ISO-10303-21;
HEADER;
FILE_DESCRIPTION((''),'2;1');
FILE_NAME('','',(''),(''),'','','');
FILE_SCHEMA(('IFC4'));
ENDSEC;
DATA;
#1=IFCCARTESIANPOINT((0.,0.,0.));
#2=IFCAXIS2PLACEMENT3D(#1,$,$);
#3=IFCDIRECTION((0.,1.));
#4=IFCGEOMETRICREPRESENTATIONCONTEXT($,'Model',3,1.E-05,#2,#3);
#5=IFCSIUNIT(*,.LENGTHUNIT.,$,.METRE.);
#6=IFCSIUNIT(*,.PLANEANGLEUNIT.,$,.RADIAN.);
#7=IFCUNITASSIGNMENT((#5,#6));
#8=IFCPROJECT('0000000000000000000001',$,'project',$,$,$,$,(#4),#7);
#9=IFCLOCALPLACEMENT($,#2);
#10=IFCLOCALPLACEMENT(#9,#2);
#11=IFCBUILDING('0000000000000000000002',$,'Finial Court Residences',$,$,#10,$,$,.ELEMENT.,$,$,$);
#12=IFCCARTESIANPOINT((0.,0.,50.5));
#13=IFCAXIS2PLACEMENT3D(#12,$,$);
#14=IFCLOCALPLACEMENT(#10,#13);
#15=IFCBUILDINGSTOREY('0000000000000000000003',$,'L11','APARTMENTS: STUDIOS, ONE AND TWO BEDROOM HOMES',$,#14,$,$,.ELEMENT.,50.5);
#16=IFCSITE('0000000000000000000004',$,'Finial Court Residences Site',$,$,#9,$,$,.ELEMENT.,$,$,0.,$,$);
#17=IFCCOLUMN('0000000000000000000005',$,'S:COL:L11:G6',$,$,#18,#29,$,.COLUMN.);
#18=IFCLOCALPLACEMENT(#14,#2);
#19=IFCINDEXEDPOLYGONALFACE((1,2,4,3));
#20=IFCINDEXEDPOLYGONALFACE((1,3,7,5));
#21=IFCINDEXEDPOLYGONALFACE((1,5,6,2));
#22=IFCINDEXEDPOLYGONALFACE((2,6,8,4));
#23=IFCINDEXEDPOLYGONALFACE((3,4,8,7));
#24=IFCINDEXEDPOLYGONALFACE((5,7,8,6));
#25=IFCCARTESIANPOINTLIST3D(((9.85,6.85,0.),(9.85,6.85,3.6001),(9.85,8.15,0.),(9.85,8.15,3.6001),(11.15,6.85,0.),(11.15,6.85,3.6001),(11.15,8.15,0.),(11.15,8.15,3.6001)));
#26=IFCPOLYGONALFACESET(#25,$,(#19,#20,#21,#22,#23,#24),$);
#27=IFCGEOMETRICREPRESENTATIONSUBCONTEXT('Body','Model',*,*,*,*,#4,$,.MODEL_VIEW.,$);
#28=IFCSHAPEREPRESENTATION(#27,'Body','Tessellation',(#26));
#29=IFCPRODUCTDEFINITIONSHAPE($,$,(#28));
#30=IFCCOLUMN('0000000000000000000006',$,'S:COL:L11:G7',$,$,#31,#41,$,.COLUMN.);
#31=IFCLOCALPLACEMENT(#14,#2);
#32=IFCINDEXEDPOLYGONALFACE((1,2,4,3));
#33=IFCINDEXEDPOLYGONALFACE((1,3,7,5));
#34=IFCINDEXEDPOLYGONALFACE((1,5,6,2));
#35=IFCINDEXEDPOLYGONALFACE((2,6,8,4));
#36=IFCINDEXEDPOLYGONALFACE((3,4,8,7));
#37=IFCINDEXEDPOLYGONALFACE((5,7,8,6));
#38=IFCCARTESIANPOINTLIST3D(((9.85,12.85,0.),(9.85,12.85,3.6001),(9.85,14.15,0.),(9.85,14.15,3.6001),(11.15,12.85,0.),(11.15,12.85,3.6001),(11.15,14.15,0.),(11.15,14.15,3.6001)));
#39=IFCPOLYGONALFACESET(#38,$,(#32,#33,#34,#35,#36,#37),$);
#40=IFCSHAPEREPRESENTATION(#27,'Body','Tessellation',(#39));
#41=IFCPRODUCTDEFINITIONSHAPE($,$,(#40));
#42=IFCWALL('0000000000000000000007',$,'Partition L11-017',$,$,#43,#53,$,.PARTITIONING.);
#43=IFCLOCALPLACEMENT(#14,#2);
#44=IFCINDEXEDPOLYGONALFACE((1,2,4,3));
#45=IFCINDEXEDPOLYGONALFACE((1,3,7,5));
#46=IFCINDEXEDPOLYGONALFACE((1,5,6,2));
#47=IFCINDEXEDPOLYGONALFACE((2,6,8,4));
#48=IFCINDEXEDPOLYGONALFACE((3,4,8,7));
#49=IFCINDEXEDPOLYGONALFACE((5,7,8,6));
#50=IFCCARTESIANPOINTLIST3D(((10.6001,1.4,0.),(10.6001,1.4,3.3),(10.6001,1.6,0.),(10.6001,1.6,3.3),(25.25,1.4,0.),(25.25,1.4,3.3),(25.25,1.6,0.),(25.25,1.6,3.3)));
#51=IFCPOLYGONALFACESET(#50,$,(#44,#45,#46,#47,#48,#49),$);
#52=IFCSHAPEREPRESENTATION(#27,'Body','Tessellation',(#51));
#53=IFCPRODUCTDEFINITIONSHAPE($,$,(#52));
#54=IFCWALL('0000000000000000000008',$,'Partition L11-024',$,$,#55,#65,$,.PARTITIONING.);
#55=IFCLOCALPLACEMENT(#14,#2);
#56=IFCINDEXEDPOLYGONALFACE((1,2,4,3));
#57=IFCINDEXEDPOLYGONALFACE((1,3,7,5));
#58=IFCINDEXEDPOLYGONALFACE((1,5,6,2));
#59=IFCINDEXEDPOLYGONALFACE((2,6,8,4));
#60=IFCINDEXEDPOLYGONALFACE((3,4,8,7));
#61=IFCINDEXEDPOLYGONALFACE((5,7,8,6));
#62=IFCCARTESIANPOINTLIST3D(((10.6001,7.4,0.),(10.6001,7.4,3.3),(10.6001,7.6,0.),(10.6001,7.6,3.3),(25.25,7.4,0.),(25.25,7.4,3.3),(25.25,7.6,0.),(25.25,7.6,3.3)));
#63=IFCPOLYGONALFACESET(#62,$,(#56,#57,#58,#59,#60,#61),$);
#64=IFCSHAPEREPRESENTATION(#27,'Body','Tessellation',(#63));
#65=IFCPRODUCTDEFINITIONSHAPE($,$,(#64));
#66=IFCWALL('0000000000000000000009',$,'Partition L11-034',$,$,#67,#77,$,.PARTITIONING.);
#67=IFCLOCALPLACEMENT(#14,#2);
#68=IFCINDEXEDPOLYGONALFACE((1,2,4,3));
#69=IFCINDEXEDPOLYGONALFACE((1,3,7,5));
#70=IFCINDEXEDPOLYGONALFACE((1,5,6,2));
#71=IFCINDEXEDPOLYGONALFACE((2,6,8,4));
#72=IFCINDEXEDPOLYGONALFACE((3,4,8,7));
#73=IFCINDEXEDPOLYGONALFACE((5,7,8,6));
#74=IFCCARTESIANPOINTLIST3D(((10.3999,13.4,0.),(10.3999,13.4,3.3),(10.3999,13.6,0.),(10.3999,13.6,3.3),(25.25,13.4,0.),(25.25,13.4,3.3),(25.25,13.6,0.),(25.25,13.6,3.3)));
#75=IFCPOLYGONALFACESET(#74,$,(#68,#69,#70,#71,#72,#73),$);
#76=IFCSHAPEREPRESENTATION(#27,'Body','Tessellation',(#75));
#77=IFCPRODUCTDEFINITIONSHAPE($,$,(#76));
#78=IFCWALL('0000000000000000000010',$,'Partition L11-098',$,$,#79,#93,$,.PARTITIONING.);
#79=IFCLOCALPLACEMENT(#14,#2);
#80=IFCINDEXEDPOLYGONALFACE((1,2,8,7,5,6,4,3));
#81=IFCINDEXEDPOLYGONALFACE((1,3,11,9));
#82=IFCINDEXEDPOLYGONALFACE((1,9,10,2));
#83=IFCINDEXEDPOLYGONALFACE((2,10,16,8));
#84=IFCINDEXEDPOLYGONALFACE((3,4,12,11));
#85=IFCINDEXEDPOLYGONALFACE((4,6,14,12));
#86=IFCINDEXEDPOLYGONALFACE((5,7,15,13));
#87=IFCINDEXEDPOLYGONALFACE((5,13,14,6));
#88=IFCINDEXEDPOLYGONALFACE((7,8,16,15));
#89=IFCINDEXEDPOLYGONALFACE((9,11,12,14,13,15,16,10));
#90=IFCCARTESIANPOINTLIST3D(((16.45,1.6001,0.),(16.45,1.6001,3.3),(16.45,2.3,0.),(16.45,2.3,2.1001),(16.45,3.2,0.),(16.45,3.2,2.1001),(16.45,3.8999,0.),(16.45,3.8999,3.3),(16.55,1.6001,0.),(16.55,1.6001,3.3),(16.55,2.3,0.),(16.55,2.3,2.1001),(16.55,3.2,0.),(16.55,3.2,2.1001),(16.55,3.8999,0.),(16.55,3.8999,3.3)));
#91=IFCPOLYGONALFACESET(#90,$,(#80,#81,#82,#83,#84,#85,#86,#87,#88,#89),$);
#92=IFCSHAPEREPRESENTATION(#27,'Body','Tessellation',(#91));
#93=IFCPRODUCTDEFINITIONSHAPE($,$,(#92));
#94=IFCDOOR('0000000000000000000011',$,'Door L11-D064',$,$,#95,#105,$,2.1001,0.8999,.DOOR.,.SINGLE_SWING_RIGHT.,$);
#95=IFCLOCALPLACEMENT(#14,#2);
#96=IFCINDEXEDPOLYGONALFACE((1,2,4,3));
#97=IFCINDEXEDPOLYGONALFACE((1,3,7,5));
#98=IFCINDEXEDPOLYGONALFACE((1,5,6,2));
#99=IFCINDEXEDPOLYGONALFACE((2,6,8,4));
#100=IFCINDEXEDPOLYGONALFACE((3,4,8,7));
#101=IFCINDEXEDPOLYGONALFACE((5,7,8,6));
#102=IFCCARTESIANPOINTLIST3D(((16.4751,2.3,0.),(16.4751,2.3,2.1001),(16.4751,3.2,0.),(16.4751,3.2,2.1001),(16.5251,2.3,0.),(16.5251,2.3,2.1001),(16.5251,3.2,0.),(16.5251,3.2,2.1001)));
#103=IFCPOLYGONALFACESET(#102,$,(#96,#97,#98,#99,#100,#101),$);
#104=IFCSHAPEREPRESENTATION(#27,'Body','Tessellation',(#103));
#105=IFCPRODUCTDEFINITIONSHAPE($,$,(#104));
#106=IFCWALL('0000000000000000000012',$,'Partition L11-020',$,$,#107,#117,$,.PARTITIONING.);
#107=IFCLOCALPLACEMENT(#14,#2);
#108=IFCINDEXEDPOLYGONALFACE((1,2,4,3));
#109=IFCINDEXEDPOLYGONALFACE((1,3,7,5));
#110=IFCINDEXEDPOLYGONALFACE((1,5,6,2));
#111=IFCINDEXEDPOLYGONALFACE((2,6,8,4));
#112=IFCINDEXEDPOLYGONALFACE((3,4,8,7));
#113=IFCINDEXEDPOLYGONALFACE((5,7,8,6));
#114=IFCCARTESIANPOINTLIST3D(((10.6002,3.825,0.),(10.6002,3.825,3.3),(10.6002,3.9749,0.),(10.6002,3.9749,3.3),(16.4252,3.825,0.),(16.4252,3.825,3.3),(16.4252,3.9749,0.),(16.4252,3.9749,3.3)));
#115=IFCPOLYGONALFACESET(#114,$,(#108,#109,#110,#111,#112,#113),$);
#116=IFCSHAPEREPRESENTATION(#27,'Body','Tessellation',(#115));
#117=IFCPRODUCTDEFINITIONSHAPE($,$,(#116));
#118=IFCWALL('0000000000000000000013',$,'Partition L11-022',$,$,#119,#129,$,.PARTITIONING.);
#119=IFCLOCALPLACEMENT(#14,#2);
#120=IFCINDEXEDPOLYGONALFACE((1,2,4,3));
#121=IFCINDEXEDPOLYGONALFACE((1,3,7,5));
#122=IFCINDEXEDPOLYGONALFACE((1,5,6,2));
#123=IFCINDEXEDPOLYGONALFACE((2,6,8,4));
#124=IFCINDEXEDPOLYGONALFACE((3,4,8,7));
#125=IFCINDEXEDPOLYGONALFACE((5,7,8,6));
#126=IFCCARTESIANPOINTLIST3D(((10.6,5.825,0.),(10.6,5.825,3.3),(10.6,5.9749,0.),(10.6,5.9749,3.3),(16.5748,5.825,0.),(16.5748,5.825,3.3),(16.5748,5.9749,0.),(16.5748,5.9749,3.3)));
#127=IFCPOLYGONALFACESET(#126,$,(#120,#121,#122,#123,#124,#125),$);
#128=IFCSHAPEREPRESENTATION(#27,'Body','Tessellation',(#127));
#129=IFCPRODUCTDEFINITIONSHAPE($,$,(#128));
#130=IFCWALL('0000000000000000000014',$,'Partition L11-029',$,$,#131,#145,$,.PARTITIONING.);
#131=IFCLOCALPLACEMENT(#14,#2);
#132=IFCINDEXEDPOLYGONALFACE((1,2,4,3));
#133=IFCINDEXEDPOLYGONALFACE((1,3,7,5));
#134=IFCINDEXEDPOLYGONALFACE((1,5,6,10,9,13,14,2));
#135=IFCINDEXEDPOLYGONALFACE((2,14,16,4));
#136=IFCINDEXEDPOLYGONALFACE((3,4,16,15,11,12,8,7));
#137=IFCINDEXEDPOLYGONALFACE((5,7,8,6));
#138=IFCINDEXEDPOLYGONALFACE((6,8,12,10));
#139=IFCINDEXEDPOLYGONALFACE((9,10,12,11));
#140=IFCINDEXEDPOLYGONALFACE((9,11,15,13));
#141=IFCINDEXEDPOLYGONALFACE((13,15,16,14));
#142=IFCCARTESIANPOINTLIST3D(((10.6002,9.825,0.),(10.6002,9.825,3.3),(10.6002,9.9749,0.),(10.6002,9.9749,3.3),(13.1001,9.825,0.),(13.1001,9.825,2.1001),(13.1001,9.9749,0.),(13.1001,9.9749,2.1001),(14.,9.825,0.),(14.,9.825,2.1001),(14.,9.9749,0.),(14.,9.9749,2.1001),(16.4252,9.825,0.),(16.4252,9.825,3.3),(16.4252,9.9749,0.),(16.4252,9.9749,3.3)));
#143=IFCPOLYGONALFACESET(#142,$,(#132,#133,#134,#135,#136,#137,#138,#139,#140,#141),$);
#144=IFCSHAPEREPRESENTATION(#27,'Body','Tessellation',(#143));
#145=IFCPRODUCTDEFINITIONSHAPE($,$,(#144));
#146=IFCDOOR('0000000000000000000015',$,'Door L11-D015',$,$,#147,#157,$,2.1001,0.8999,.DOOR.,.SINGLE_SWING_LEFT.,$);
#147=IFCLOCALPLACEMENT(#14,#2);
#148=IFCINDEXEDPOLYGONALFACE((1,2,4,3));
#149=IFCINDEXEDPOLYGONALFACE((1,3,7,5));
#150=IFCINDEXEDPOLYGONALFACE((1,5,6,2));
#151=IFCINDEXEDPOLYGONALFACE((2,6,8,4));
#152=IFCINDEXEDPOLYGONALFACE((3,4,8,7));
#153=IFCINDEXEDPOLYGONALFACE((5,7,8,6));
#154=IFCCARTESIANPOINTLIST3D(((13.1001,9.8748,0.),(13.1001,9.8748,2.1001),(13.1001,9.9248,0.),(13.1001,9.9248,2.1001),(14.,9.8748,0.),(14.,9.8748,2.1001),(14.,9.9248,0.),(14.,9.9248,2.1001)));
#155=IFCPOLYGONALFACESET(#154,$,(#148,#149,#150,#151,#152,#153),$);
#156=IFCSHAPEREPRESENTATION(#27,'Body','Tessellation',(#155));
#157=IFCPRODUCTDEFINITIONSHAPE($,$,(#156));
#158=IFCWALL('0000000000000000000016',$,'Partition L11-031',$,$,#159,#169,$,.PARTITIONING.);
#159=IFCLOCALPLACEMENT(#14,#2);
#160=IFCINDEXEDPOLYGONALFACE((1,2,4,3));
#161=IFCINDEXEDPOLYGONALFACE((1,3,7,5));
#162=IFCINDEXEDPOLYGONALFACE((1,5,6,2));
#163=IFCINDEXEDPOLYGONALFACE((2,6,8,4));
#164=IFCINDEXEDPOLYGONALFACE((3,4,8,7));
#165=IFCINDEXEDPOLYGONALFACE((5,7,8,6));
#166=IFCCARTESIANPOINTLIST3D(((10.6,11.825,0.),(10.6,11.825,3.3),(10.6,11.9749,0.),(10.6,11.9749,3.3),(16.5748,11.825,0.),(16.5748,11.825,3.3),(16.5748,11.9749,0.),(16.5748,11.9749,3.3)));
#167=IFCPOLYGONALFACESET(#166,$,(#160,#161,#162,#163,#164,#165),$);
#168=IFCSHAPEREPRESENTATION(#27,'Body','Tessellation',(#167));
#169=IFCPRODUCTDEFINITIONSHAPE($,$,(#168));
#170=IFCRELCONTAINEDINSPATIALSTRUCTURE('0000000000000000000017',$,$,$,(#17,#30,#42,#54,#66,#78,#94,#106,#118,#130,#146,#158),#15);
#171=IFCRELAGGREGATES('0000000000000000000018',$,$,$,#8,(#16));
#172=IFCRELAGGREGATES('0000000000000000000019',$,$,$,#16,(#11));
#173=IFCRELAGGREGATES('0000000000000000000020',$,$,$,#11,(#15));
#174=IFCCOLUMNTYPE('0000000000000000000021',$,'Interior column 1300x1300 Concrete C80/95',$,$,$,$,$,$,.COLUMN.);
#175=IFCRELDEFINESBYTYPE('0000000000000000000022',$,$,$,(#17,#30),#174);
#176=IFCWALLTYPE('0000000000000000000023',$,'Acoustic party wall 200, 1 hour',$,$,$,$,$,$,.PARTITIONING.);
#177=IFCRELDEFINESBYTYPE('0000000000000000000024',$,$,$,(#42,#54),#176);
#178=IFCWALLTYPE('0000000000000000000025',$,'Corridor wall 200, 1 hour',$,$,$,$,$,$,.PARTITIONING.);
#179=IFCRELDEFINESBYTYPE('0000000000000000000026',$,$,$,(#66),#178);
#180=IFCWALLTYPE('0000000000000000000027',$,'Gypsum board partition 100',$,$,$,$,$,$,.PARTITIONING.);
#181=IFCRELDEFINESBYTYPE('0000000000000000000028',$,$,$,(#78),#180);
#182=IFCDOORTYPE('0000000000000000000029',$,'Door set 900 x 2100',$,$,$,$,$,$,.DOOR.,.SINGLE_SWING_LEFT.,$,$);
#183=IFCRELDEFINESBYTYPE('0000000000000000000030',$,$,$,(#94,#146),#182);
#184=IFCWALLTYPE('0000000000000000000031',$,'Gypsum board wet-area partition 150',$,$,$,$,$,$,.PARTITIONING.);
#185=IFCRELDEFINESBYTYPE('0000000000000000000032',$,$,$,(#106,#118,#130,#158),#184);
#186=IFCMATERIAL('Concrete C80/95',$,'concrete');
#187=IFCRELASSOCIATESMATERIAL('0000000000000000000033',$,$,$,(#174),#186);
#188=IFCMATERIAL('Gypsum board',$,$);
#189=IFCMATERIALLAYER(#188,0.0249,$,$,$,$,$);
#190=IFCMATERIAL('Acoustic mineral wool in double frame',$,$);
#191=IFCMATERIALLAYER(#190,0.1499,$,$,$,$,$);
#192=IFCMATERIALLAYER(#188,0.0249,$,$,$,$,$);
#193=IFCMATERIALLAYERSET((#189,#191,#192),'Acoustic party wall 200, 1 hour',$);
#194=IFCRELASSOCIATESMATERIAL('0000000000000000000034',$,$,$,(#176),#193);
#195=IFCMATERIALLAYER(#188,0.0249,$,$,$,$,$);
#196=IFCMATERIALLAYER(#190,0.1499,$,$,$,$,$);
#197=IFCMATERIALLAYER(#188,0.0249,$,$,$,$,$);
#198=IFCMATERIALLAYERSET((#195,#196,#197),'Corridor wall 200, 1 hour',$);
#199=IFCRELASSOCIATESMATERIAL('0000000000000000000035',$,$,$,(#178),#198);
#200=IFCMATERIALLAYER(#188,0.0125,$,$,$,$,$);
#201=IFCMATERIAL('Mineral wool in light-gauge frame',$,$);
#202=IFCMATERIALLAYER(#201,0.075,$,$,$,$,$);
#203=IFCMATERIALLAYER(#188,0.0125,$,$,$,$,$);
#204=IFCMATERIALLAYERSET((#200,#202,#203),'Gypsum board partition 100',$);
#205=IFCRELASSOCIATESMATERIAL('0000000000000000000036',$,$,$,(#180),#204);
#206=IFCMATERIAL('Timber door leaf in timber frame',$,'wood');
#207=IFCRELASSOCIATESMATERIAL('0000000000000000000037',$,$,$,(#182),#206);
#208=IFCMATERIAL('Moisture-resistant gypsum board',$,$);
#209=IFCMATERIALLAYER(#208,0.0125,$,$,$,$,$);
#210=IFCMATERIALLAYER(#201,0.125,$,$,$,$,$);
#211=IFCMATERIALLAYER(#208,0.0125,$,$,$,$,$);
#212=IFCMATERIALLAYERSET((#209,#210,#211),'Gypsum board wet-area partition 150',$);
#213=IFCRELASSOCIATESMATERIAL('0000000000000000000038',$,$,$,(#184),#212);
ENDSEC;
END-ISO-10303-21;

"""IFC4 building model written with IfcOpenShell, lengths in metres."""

from ifc_helpers import new_model, si_unit, direction, frame, frame_2d, origin, origin_2d, place, context, subcontext, project, spatial, rectangle, extrude, material, layer, layer_set, material_profile, profile_set, type_object, element, fill, save


model = new_model("IFC4")

# Units and contexts
model_context = context("Model", 3, precision=1e-05, world=origin(), true_north=direction((0.0, 1.0)))
body_context = subcontext(model_context, "Body", "Model", "MODEL_VIEW")
ifc_project = project(units=[si_unit("LENGTHUNIT", "METRE"), si_unit("PLANEANGLEUNIT", "RADIAN")], contexts=[model_context])

# Site, building, storey
site_placement = place(None, origin())
site = spatial("IfcSite", under=ifc_project, at=site_placement, Name="Finial Court Residences Site", CompositionType="ELEMENT", RefElevation=0.0)
building_placement = place(site_placement, origin())
building = spatial("IfcBuilding", under=site, at=building_placement, Name="Finial Court Residences", CompositionType="ELEMENT")
storey_placement = place(building_placement, frame((0.0, 0.0, 50.5)))
storey = spatial("IfcBuildingStorey", under=building, at=storey_placement, Name="L11", Description="APARTMENTS: STUDIOS, ONE AND TWO BEDROOM HOMES", CompositionType="ELEMENT", Elevation=50.5)

# Columns
ifc_material_1 = material(Name="Concrete C80/95", Category="concrete")
ifc_material_profile = material_profile(ifc_material_1, rectangle(XDim=1.3, YDim=1.3, at=origin_2d()), Name="1300x1300")
ifc_profile_set = profile_set([ifc_material_profile], Name="Concrete C80/95")
column_type = type_object("IfcColumnType", Name="Interior column 1300x1300 Concrete C80/95", PredefinedType="COLUMN", material=ifc_profile_set)
for number, where, z_axis, x_axis, name in (
    (1, (10.5, 7.5, 0.0), (0.0, 0.0, 1.0), (1.0, 0.0, 0.0), "S:COL:L11:G6"),
    (2, (10.5, 13.5, 0.0), (0.0, 0.0, 1.0), (1.0, 0.0, 0.0), "S:COL:L11:G7"),
):
    element("IfcColumn", number, at=place(storey_placement, frame(where, z_axis=z_axis, x_axis=x_axis)), inside=storey, type_object=column_type, Name=name, PredefinedType="COLUMN", context=body_context, shape_type="SweptSolid", body=[
        extrude(rectangle(XDim=1.3, YDim=1.3, at=origin_2d()), origin(), (0.0, 0.0, 1.0), 3.6001),
    ])

# Walls
ifc_material_2 = material(Name="Gypsum board")
ifc_layer_1 = layer(ifc_material_2, 0.0249)
ifc_material_3 = material(Name="Acoustic mineral wool in double frame")
ifc_layer_2 = layer(ifc_material_3, 0.1499)
ifc_layer_3 = layer(ifc_material_2, 0.0249)
ifc_layer_set_1 = layer_set([ifc_layer_1, ifc_layer_2, ifc_layer_3], Name="Acoustic party wall 200, 1 hour")
wall_type_1 = type_object("IfcWallType", Name="Acoustic party wall 200, 1 hour", PredefinedType="PARTITIONING", material=ifc_layer_set_1)
for number, where, z_axis, x_axis, name in (
    (3, (10.6001, 1.5, 0.0), (0.0, 0.0, 1.0), (1.0, 0.0, 0.0), "Partition L11-017"),
    (4, (10.6001, 7.5, 0.0), (0.0, 0.0, 1.0), (1.0, 0.0, 0.0), "Partition L11-024"),
):
    element("IfcWall", number, at=place(storey_placement, frame(where, z_axis=z_axis, x_axis=x_axis)), inside=storey, type_object=wall_type_1, Name=name, PredefinedType="PARTITIONING", context=body_context, shape_type="SweptSolid", body=[
        extrude(rectangle(XDim=14.6499, YDim=0.2, at=frame_2d((7.325, 0.0))), origin(), (0.0, 0.0, 1.0), 3.3),
    ])
ifc_layer_4 = layer(ifc_material_2, 0.0249)
ifc_layer_5 = layer(ifc_material_3, 0.1499)
ifc_layer_6 = layer(ifc_material_2, 0.0249)
ifc_layer_set_2 = layer_set([ifc_layer_4, ifc_layer_5, ifc_layer_6], Name="Corridor wall 200, 1 hour")
wall_type_2 = type_object("IfcWallType", Name="Corridor wall 200, 1 hour", PredefinedType="PARTITIONING", material=ifc_layer_set_2)
wall_1_placement = place(storey_placement, frame((10.3999, 13.5, 0.0), z_axis=(0.0, 0.0, 1.0), x_axis=(1.0, 0.0, 0.0)))
element("IfcWall", 5, at=wall_1_placement, inside=storey, type_object=wall_type_2, Name="Partition L11-034", PredefinedType="PARTITIONING", context=body_context, shape_type="SweptSolid", body=[
    extrude(rectangle(XDim=14.8501, YDim=0.2, at=frame_2d((7.425, 0.0))), origin(), (0.0, 0.0, 1.0), 3.3),
])

# Wall, opening, door
ifc_layer_7 = layer(ifc_material_2, 0.0125)
ifc_material_4 = material(Name="Mineral wool in light-gauge frame")
ifc_layer_8 = layer(ifc_material_4, 0.075)
ifc_layer_9 = layer(ifc_material_2, 0.0125)
ifc_layer_set_3 = layer_set([ifc_layer_7, ifc_layer_8, ifc_layer_9], Name="Gypsum board partition 100")
wall_type_3 = type_object("IfcWallType", Name="Gypsum board partition 100", PredefinedType="PARTITIONING", material=ifc_layer_set_3)
wall_2_placement = place(storey_placement, frame((16.5, 1.6001, 0.0), z_axis=(0.0, 0.0, 1.0), x_axis=(0.0, 1.0, 0.0)))
wall_2 = element("IfcWall", 6, at=wall_2_placement, inside=storey, type_object=wall_type_3, Name="Partition L11-098", PredefinedType="PARTITIONING", context=body_context, shape_type="SweptSolid", body=[
    extrude(rectangle(XDim=2.2998, YDim=0.1001, at=frame_2d((1.1499, 0.0))), origin(), (0.0, 0.0, 1.0), 3.3),
])
opening_1_placement = place(wall_2_placement, frame((0.7, 0.0, 0.0)))
opening_1 = element("IfcOpeningElement", 7, at=opening_1_placement, cuts=wall_2, PredefinedType="OPENING", context=body_context, shape_type="SweptSolid", body=[
    extrude(rectangle(XDim=0.8999, YDim=2.1001, at=frame_2d((0.45, 1.05))), frame((0.0, 0.0601, 0.0), z_axis=(0.0, -1.0, 0.0), x_axis=(1.0, 0.0, 0.0)), (0.0, 0.0, 1.0), 0.1201),
])
ifc_material_5 = material(Name="Timber door leaf in timber frame", Category="wood")
door_type = type_object("IfcDoorType", Name="Door set 900 x 2100", OperationType="SINGLE_SWING_LEFT", PredefinedType="DOOR", material=ifc_material_5)
door_1_placement = place(opening_1_placement, origin())
door_1 = element("IfcDoor", 8, at=door_1_placement, inside=storey, type_object=door_type, Name="Door L11-D064", OperationType="SINGLE_SWING_RIGHT", OverallHeight=2.1001, OverallWidth=0.8999, PredefinedType="DOOR", context=body_context, shape_type="SweptSolid", body=[
    extrude(rectangle(XDim=0.8999, YDim=2.1001, at=frame_2d((0.45, 1.05))), frame((0.0, 0.0249, 0.0), z_axis=(0.0, -1.0, 0.0), x_axis=(1.0, 0.0, 0.0)), (0.0, 0.0, 1.0), 0.05),
])
fill(opening_1, door_1)

# Walls
ifc_material_6 = material(Name="Moisture-resistant gypsum board")
ifc_layer_10 = layer(ifc_material_6, 0.0125)
ifc_layer_11 = layer(ifc_material_4, 0.125)
ifc_layer_12 = layer(ifc_material_6, 0.0125)
ifc_layer_set_4 = layer_set([ifc_layer_10, ifc_layer_11, ifc_layer_12], Name="Gypsum board wet-area partition 150")
wall_type_4 = type_object("IfcWallType", Name="Gypsum board wet-area partition 150", PredefinedType="PARTITIONING", material=ifc_layer_set_4)
wall_3_placement = place(storey_placement, frame((10.6001, 3.8999, 0.0), z_axis=(0.0, 0.0, 1.0), x_axis=(1.0, 0.0, 0.0)))
element("IfcWall", 9, at=wall_3_placement, inside=storey, type_object=wall_type_4, Name="Partition L11-020", PredefinedType="PARTITIONING", context=body_context, shape_type="SweptSolid", body=[
    extrude(rectangle(XDim=5.825, YDim=0.1499, at=frame_2d((2.9126, 0.0))), origin(), (0.0, 0.0, 1.0), 3.3),
])
wall_4_placement = place(storey_placement, frame((10.6001, 5.8999, 0.0), z_axis=(0.0, 0.0, 1.0), x_axis=(1.0, 0.0, 0.0)))
element("IfcWall", 10, at=wall_4_placement, inside=storey, type_object=wall_type_4, Name="Partition L11-022", PredefinedType="PARTITIONING", context=body_context, shape_type="SweptSolid", body=[
    extrude(rectangle(XDim=5.9749, YDim=0.1499, at=frame_2d((2.9873, 0.0))), origin(), (0.0, 0.0, 1.0), 3.3),
])

# Wall, opening, door
wall_5_placement = place(storey_placement, frame((10.6001, 9.8999, 0.0), z_axis=(0.0, 0.0, 1.0), x_axis=(1.0, 0.0, 0.0)))
wall_5 = element("IfcWall", 11, at=wall_5_placement, inside=storey, type_object=wall_type_4, Name="Partition L11-029", PredefinedType="PARTITIONING", context=body_context, shape_type="SweptSolid", body=[
    extrude(rectangle(XDim=5.825, YDim=0.1499, at=frame_2d((2.9126, 0.0))), origin(), (0.0, 0.0, 1.0), 3.3),
])
opening_2_placement = place(wall_5_placement, frame((2.5, 0.0, 0.0)))
opening_2 = element("IfcOpeningElement", 12, at=opening_2_placement, cuts=wall_5, PredefinedType="OPENING", context=body_context, shape_type="SweptSolid", body=[
    extrude(rectangle(XDim=0.8999, YDim=2.1001, at=frame_2d((0.45, 1.05))), frame((0.0, 0.085, 0.0), z_axis=(0.0, -1.0, 0.0), x_axis=(1.0, 0.0, 0.0)), (0.0, 0.0, 1.0), 0.1699),
])
door_2_placement = place(opening_2_placement, origin())
door_2 = element("IfcDoor", 13, at=door_2_placement, inside=storey, type_object=door_type, Name="Door L11-D015", OperationType="SINGLE_SWING_LEFT", OverallHeight=2.1001, OverallWidth=0.8999, PredefinedType="DOOR", context=body_context, shape_type="SweptSolid", body=[
    extrude(rectangle(XDim=0.8999, YDim=2.1001, at=frame_2d((0.45, 1.05))), frame((0.0, 0.0249, 0.0), z_axis=(0.0, -1.0, 0.0), x_axis=(1.0, 0.0, 0.0)), (0.0, 0.0, 1.0), 0.05),
])
fill(opening_2, door_2)

# Wall
wall_6_placement = place(storey_placement, frame((10.6001, 11.8999, 0.0), z_axis=(0.0, 0.0, 1.0), x_axis=(1.0, 0.0, 0.0)))
element("IfcWall", 14, at=wall_6_placement, inside=storey, type_object=wall_type_4, Name="Partition L11-031", PredefinedType="PARTITIONING", context=body_context, shape_type="SweptSolid", body=[
    extrude(rectangle(XDim=5.9749, YDim=0.1499, at=frame_2d((2.9873, 0.0))), origin(), (0.0, 0.0, 1.0), 3.3),
])

save(model, "model.ifc")
